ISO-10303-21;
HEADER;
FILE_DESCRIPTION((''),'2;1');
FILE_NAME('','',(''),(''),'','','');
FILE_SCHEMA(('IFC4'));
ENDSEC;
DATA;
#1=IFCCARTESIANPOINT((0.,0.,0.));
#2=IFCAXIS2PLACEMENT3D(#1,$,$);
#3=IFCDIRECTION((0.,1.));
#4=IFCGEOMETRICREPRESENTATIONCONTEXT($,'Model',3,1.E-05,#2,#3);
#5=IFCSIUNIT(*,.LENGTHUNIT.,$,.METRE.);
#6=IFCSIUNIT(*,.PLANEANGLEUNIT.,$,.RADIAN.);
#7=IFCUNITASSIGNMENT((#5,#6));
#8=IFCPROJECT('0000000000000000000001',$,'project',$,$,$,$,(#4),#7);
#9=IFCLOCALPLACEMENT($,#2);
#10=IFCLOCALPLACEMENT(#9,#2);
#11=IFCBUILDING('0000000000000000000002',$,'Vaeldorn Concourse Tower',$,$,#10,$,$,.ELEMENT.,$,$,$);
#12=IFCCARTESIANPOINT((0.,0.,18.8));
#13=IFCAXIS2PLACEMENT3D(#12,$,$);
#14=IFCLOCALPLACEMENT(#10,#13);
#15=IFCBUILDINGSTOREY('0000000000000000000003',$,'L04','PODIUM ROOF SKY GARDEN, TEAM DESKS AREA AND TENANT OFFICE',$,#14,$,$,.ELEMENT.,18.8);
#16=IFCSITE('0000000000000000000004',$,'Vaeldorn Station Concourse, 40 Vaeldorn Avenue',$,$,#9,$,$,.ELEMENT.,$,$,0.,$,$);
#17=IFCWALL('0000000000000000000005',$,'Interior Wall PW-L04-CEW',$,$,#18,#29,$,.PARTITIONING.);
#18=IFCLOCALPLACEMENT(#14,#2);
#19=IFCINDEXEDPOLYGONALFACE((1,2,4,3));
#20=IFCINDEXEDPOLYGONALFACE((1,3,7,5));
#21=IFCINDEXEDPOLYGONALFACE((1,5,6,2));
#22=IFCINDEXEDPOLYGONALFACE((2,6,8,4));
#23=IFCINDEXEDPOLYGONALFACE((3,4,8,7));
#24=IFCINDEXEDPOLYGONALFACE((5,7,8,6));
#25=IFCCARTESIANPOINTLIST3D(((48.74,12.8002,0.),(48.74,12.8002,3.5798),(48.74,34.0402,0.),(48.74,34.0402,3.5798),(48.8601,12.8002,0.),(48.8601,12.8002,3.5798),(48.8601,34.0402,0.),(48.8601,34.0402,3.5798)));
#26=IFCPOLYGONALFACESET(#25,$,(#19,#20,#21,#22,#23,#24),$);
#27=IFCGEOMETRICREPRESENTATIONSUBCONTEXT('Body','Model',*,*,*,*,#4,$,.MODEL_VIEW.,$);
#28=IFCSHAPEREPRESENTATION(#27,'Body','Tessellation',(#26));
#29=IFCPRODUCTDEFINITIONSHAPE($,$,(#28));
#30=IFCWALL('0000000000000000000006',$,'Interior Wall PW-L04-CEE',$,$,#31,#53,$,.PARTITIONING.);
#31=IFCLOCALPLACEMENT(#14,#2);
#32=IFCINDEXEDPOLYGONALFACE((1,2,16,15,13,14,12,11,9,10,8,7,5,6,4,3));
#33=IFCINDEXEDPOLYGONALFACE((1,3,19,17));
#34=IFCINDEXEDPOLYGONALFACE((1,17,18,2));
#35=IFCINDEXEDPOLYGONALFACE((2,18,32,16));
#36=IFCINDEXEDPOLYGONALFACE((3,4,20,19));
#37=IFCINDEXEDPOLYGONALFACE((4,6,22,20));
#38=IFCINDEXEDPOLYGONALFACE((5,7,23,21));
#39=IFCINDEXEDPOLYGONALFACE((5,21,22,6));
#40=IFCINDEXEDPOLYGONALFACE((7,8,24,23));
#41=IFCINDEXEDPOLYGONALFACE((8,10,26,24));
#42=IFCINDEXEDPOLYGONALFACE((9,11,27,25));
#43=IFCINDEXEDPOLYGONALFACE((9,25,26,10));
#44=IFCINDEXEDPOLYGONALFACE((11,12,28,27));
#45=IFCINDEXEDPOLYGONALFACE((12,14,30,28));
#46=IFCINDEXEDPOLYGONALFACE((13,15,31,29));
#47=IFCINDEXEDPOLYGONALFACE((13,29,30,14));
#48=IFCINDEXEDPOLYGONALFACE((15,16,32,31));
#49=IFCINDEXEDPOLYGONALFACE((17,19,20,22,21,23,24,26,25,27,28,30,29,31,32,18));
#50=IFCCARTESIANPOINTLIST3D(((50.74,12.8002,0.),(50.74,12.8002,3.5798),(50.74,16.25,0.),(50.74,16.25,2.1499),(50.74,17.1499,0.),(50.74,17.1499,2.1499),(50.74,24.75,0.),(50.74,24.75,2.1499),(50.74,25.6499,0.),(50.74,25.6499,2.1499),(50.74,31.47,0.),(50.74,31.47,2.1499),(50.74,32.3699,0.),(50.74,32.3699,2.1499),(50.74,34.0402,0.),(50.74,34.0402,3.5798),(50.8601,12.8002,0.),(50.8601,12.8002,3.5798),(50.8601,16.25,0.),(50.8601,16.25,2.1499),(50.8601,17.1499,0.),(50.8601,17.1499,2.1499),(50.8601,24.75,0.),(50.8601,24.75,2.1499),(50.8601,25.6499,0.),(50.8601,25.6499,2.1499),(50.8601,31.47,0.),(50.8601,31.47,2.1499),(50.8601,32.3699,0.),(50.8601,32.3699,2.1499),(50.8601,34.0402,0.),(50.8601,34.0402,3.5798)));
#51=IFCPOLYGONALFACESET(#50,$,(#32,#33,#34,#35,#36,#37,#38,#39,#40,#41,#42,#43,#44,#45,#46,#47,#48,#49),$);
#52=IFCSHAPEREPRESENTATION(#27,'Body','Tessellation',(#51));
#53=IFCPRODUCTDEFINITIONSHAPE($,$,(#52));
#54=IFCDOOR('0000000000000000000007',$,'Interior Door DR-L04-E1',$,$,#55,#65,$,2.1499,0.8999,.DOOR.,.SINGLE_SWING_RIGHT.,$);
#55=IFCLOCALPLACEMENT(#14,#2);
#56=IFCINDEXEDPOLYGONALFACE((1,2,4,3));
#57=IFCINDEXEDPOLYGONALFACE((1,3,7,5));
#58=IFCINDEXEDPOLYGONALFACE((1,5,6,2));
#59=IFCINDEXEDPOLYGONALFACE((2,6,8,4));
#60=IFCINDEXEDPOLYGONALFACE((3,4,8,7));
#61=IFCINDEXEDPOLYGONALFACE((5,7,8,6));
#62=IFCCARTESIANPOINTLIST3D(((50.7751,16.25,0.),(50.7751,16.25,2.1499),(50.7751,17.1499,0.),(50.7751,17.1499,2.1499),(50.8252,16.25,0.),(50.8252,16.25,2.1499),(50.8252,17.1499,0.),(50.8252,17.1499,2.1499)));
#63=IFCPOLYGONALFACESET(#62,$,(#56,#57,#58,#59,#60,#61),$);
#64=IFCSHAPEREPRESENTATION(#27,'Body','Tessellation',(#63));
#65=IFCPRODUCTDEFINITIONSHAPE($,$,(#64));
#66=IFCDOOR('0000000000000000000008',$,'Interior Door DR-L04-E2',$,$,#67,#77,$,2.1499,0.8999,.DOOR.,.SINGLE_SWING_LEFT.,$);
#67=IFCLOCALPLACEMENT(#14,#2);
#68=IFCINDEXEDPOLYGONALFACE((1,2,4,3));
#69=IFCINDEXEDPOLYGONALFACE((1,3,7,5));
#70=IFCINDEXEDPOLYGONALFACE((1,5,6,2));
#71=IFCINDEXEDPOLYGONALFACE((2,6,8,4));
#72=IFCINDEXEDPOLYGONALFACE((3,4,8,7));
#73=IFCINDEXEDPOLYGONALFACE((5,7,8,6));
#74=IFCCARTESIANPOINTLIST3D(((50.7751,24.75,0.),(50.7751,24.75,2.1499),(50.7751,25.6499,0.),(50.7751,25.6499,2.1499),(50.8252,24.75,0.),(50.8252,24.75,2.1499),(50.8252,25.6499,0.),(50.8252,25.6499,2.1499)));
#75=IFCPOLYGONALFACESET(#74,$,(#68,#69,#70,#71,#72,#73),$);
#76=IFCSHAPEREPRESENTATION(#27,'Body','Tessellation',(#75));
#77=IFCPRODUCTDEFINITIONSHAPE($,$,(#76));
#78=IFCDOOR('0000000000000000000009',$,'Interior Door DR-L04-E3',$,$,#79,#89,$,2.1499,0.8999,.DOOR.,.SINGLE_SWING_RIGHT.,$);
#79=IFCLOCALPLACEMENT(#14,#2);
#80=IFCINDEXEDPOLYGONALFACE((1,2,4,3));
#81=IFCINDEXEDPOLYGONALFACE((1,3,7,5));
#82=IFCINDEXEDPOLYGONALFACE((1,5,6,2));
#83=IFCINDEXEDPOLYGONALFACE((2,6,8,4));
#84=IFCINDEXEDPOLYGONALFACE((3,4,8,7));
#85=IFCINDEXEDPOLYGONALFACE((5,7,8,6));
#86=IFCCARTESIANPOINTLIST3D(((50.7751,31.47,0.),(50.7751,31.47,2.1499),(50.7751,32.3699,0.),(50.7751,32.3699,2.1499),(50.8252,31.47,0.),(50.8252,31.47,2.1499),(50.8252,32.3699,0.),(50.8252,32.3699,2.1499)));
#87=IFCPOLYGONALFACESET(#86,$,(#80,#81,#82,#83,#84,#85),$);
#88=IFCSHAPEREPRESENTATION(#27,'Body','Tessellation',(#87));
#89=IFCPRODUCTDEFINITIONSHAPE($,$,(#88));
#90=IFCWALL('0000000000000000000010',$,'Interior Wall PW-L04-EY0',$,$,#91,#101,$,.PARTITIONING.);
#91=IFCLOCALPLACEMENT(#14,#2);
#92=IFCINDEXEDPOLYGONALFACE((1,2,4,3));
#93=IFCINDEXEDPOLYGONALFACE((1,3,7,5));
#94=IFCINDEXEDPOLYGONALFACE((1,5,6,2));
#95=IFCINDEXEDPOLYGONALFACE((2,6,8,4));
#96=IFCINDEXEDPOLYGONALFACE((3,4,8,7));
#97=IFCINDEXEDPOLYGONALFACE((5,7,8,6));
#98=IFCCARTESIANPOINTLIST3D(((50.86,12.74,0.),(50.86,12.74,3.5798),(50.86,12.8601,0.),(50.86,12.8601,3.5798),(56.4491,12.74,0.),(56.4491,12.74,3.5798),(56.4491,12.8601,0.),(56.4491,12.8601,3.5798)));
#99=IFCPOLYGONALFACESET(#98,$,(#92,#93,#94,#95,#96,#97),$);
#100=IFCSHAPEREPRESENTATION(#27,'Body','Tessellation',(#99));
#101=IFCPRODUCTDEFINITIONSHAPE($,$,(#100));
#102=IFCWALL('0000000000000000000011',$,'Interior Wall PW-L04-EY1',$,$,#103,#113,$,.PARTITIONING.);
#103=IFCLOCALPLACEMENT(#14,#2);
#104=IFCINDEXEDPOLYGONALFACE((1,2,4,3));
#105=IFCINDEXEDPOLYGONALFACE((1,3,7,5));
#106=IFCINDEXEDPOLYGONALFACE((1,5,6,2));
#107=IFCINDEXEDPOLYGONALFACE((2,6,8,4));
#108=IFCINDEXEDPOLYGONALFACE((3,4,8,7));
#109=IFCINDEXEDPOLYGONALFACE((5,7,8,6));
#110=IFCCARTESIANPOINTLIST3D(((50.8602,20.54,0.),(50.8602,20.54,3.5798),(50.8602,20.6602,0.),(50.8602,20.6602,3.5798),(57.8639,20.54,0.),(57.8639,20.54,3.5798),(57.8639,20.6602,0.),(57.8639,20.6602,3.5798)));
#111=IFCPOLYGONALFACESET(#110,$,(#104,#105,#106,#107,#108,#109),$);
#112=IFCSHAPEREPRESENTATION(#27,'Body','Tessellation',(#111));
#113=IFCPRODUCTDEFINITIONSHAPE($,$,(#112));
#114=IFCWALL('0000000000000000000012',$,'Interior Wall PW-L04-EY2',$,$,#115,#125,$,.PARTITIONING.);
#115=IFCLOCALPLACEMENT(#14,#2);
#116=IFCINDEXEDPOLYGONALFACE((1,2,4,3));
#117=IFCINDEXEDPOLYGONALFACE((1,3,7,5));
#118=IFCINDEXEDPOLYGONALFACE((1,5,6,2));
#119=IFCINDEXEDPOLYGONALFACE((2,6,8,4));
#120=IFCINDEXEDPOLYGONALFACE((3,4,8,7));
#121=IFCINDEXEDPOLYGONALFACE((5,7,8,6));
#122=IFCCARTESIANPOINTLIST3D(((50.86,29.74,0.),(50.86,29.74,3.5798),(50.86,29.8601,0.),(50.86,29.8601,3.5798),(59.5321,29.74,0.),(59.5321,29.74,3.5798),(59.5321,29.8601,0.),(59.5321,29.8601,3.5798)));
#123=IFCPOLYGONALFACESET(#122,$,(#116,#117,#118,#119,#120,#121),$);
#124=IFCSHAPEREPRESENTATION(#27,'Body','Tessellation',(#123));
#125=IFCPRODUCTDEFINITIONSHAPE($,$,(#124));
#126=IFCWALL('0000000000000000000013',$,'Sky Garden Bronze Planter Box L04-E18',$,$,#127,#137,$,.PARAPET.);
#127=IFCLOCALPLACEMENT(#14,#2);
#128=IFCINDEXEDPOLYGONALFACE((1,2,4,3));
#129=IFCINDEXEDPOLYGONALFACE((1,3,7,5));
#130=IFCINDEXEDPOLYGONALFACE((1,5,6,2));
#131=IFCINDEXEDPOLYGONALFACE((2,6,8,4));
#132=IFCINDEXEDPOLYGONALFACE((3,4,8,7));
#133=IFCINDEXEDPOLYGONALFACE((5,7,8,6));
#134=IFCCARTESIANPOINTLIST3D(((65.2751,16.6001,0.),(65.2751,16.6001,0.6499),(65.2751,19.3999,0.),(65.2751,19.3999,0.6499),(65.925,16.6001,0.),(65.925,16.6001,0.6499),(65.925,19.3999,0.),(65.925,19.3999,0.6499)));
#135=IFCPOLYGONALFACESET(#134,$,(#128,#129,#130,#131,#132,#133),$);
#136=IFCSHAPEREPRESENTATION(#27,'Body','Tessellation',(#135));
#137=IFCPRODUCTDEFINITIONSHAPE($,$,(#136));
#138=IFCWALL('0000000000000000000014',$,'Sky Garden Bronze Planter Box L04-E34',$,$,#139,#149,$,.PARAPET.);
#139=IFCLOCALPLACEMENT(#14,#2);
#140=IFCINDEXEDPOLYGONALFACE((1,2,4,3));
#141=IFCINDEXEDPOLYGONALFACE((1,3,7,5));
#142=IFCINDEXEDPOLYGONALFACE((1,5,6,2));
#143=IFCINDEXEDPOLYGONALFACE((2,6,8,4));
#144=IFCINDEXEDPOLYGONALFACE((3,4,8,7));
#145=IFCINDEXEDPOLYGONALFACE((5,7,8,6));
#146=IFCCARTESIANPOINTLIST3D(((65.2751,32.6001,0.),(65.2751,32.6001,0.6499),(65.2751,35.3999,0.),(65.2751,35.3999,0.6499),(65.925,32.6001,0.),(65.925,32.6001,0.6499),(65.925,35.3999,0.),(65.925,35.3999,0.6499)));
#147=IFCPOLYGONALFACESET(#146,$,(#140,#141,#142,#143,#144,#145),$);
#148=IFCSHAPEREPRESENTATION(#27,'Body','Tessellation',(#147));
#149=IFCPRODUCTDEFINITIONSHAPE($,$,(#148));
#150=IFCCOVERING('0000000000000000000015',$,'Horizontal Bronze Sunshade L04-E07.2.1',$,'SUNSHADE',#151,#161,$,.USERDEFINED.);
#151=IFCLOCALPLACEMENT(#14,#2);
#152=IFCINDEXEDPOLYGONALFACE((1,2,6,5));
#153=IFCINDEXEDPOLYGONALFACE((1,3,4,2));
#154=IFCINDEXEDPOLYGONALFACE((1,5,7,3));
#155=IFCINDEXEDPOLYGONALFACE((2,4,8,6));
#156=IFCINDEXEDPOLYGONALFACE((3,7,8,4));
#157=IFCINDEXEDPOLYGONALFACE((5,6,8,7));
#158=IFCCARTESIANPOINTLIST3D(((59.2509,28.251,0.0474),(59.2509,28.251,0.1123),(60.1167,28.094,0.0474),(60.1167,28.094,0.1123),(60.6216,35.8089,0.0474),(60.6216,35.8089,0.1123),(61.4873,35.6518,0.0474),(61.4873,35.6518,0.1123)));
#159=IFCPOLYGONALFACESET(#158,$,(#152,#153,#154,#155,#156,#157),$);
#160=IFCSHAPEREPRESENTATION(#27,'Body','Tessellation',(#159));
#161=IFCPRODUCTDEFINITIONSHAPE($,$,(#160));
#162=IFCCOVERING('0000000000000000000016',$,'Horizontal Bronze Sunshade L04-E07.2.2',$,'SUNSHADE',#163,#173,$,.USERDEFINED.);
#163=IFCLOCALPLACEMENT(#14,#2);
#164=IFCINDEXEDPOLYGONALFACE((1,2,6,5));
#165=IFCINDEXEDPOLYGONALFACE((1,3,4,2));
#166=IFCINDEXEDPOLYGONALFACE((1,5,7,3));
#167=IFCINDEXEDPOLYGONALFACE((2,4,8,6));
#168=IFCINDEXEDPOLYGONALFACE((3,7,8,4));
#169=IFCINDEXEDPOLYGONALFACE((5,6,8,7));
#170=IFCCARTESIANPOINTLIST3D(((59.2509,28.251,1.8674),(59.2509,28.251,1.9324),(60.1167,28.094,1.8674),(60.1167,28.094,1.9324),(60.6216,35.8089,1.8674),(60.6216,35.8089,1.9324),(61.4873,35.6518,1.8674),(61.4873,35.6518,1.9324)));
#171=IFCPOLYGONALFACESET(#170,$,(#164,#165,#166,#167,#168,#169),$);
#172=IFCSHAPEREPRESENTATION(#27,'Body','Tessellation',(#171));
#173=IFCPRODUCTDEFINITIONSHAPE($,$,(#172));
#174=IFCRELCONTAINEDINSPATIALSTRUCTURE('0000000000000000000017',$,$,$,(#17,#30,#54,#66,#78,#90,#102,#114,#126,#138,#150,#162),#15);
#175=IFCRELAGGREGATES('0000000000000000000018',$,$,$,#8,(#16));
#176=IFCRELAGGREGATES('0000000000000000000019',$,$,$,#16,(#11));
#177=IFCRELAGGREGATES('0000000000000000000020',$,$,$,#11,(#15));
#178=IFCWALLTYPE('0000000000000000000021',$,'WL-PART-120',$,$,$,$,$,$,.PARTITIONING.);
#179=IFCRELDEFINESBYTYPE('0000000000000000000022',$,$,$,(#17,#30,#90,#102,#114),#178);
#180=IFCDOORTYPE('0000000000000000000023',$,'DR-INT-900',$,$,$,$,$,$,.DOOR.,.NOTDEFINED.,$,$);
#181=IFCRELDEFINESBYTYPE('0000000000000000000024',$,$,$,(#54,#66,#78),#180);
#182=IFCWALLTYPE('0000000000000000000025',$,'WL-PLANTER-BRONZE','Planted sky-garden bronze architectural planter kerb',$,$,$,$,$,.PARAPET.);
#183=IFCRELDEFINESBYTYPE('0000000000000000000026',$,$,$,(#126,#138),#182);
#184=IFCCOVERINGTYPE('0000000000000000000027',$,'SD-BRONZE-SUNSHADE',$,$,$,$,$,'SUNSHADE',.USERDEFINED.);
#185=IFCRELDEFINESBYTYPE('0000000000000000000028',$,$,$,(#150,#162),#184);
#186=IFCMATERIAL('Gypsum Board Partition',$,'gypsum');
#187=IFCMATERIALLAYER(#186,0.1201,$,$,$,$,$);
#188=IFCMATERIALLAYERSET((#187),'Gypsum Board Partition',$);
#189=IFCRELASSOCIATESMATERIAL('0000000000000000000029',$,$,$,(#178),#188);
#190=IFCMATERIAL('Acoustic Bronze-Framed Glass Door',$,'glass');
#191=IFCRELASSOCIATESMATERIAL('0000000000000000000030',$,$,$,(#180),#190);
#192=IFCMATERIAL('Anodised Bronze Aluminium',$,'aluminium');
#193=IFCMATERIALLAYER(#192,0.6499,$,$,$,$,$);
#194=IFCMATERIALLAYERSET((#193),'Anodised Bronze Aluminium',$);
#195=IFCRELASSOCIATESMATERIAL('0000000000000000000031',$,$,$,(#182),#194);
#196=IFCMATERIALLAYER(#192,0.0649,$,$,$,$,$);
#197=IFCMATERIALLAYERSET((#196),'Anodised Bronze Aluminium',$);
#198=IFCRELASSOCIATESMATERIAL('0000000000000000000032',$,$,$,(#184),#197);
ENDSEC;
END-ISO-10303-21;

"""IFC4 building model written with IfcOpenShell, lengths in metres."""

from ifc_helpers import new_model, si_unit, direction, frame, frame_2d, origin, origin_2d, place, context, subcontext, project, spatial, rectangle, extrude, source, transform, mapped, material, layer, layer_set, type_object, element, fill, save


model = new_model("IFC4")

# Units and contexts
model_context = context("Model", 3, precision=1e-05, world=origin(), true_north=direction((0.0, 1.0)))
body_context = subcontext(model_context, "Body", "Model", "MODEL_VIEW")
ifc_project = project(units=[si_unit("LENGTHUNIT", "METRE"), si_unit("PLANEANGLEUNIT", "RADIAN")], contexts=[model_context])

# Site, building, storey
site_placement = place(None, origin())
site = spatial("IfcSite", under=ifc_project, at=site_placement, Name="Vaeldorn Station Concourse, 40 Vaeldorn Avenue", CompositionType="ELEMENT", RefElevation=0.0)
building_placement = place(site_placement, origin())
building = spatial("IfcBuilding", under=site, at=building_placement, Name="Vaeldorn Concourse Tower", CompositionType="ELEMENT")
storey_placement = place(building_placement, frame((0.0, 0.0, 18.8)))
storey = spatial("IfcBuildingStorey", under=building, at=storey_placement, Name="L04", Description="PODIUM ROOF SKY GARDEN, TEAM DESKS AREA AND TENANT OFFICE", CompositionType="ELEMENT", Elevation=18.8)

# Shared definitions
ifc_material_1 = material(Name="Anodised Bronze Aluminium", Category="aluminium")

# Wall
ifc_material_2 = material(Name="Gypsum Board Partition", Category="gypsum")
ifc_layer_1 = layer(ifc_material_2, 0.1201)
ifc_layer_set_1 = layer_set([ifc_layer_1], Name="Gypsum Board Partition")
wall_type_1 = type_object("IfcWallType", Name="WL-PART-120", PredefinedType="PARTITIONING", material=ifc_layer_set_1)
wall_1_placement = place(storey_placement, frame((48.8, 12.8, 0.0), z_axis=(0.0, 0.0, 1.0), x_axis=(0.0, 1.0, 0.0)))
element("IfcWall", 1, at=wall_1_placement, inside=storey, type_object=wall_type_1, Name="Interior Wall PW-L04-CEW", PredefinedType="PARTITIONING", context=body_context, shape_type="SweptSolid", body=[
    extrude(rectangle(XDim=21.24, YDim=0.1201, at=frame_2d((10.6201, 0.0))), origin(), (0.0, 0.0, 1.0), 3.5798),
])

# Wall, openings, doors
wall_2_placement = place(storey_placement, frame((50.8, 12.8, 0.0), z_axis=(0.0, 0.0, 1.0), x_axis=(0.0, 1.0, 0.0)))
wall_2 = element("IfcWall", 2, at=wall_2_placement, inside=storey, type_object=wall_type_1, Name="Interior Wall PW-L04-CEE", PredefinedType="PARTITIONING", context=body_context, shape_type="SweptSolid", body=[
    extrude(rectangle(XDim=21.24, YDim=0.1201, at=frame_2d((10.6201, 0.0))), origin(), (0.0, 0.0, 1.0), 3.5798),
])
opening_1_placement = place(wall_2_placement, frame((3.45, 0.0, 0.0)))
opening_1 = element("IfcOpeningElement", 3, at=opening_1_placement, cuts=wall_2, PredefinedType="OPENING", context=body_context, shape_type="SweptSolid", body=[
    extrude(rectangle(XDim=0.8999, YDim=2.1499, at=frame_2d((0.45, 1.075))), frame((0.0, 0.0701, 0.0), z_axis=(0.0, -1.0, 0.0), x_axis=(1.0, 0.0, 0.0)), (0.0, 0.0, 1.0), 0.1401),
])
opening_2_placement = place(wall_2_placement, frame((11.95, 0.0, 0.0)))
opening_2 = element("IfcOpeningElement", 4, at=opening_2_placement, cuts=wall_2, PredefinedType="OPENING", context=body_context, shape_type="SweptSolid", body=[
    extrude(rectangle(XDim=0.8999, YDim=2.1499, at=frame_2d((0.45, 1.075))), frame((0.0, 0.0701, 0.0), z_axis=(0.0, -1.0, 0.0), x_axis=(1.0, 0.0, 0.0)), (0.0, 0.0, 1.0), 0.1401),
])
opening_3_placement = place(wall_2_placement, frame((18.6699, 0.0, 0.0)))
opening_3 = element("IfcOpeningElement", 5, at=opening_3_placement, cuts=wall_2, PredefinedType="OPENING", context=body_context, shape_type="SweptSolid", body=[
    extrude(rectangle(XDim=0.8999, YDim=2.1499, at=frame_2d((0.45, 1.075))), frame((0.0, 0.0701, 0.0), z_axis=(0.0, -1.0, 0.0), x_axis=(1.0, 0.0, 0.0)), (0.0, 0.0, 1.0), 0.1401),
])
ifc_material_3 = material(Name="Acoustic Bronze-Framed Glass Door", Category="glass")
door_type_1 = type_object("IfcDoorType", Name="DR-INT-900", OperationType="NOTDEFINED", PredefinedType="DOOR", material=ifc_material_3)
shared_shape_1 = source(origin(), body_context, "Body", "SweptSolid", [
    extrude(rectangle(XDim=0.8999, YDim=2.1499, at=frame_2d((0.45, 1.075))), frame((0.0, 0.0249, 0.0), z_axis=(0.0, -1.0, 0.0), x_axis=(1.0, 0.0, 0.0)), (0.0, 0.0, 1.0), 0.05),
])
door_1_placement = place(opening_1_placement, origin())
door_1 = element("IfcDoor", 6, at=door_1_placement, inside=storey, type_object=door_type_1, Name="Interior Door DR-L04-E1", OperationType="SINGLE_SWING_RIGHT", OverallHeight=2.1499, OverallWidth=0.8999, PredefinedType="DOOR", context=body_context, shape_type="MappedRepresentation", body=[
    mapped(shared_shape_1, transform((0.0, 0.0, 0.0), scale=1.0)),
])
fill(opening_1, door_1)
door_2_placement = place(opening_2_placement, origin())
door_2 = element("IfcDoor", 7, at=door_2_placement, inside=storey, type_object=door_type_1, Name="Interior Door DR-L04-E2", OperationType="SINGLE_SWING_LEFT", OverallHeight=2.1499, OverallWidth=0.8999, PredefinedType="DOOR", context=body_context, shape_type="MappedRepresentation", body=[
    mapped(shared_shape_1, transform((0.0, 0.0, 0.0), scale=1.0)),
])
fill(opening_2, door_2)
door_3_placement = place(opening_3_placement, origin())
door_3 = element("IfcDoor", 8, at=door_3_placement, inside=storey, type_object=door_type_1, Name="Interior Door DR-L04-E3", OperationType="SINGLE_SWING_RIGHT", OverallHeight=2.1499, OverallWidth=0.8999, PredefinedType="DOOR", context=body_context, shape_type="MappedRepresentation", body=[
    mapped(shared_shape_1, transform((0.0, 0.0, 0.0), scale=1.0)),
])
fill(opening_3, door_3)

# Walls
wall_3_placement = place(storey_placement, frame((50.8601, 12.8, 0.0), z_axis=(0.0, 0.0, 1.0), x_axis=(1.0, 0.0, 0.0)))
element("IfcWall", 9, at=wall_3_placement, inside=storey, type_object=wall_type_1, Name="Interior Wall PW-L04-EY0", PredefinedType="PARTITIONING", context=body_context, shape_type="SweptSolid", body=[
    extrude(rectangle(XDim=5.5891, YDim=0.1201, at=frame_2d((2.7944, 0.0))), origin(), (0.0, 0.0, 1.0), 3.5798),
])
wall_4_placement = place(storey_placement, frame((50.8601, 20.6001, 0.0), z_axis=(0.0, 0.0, 1.0), x_axis=(1.0, 0.0, 0.0)))
element("IfcWall", 10, at=wall_4_placement, inside=storey, type_object=wall_type_1, Name="Interior Wall PW-L04-EY1", PredefinedType="PARTITIONING", context=body_context, shape_type="SweptSolid", body=[
    extrude(rectangle(XDim=7.0037, YDim=0.1201, at=frame_2d((3.502, 0.0))), origin(), (0.0, 0.0, 1.0), 3.5798),
])
wall_5_placement = place(storey_placement, frame((50.8601, 29.8, 0.0), z_axis=(0.0, 0.0, 1.0), x_axis=(1.0, 0.0, 0.0)))
element("IfcWall", 11, at=wall_5_placement, inside=storey, type_object=wall_type_1, Name="Interior Wall PW-L04-EY2", PredefinedType="PARTITIONING", context=body_context, shape_type="SweptSolid", body=[
    extrude(rectangle(XDim=8.6721, YDim=0.1201, at=frame_2d((4.3359, 0.0))), origin(), (0.0, 0.0, 1.0), 3.5798),
])
ifc_layer_2 = layer(ifc_material_1, 0.6499)
ifc_layer_set_2 = layer_set([ifc_layer_2], Name="Anodised Bronze Aluminium")
wall_type_2 = type_object("IfcWallType", Name="WL-PLANTER-BRONZE", Description="Planted sky-garden bronze architectural planter kerb", PredefinedType="PARAPET", material=ifc_layer_set_2)
for number, where, z_axis, x_axis, name in (
    (12, (65.6001, 16.6001, 0.0), (0.0, 0.0, 1.0), (0.0, 1.0, 0.0), "Sky Garden Bronze Planter Box L04-E18"),
    (13, (65.6001, 32.6001, 0.0), (0.0, 0.0, 1.0), (0.0, 1.0, 0.0), "Sky Garden Bronze Planter Box L04-E34"),
):
    element("IfcWall", number, at=place(storey_placement, frame(where, z_axis=z_axis, x_axis=x_axis)), inside=storey, type_object=wall_type_2, Name=name, PredefinedType="PARAPET", context=body_context, shape_type="SweptSolid", body=[
        extrude(rectangle(XDim=2.7998, YDim=0.6499, at=frame_2d((1.3999, 0.0))), origin(), (0.0, 0.0, 1.0), 0.6499),
    ])

# Coverings
ifc_layer_3 = layer(ifc_material_1, 0.0649)
ifc_layer_set_3 = layer_set([ifc_layer_3], Name="Anodised Bronze Aluminium")
covering_type = type_object("IfcCoveringType", Name="SD-BRONZE-SUNSHADE", ElementType="SUNSHADE", PredefinedType="USERDEFINED", material=ifc_layer_set_3)
shared_shape_2 = source(origin(), body_context, "Body", "SweptSolid", [
    extrude(rectangle(XDim=7.6812, YDim=0.8799, at=origin_2d()), origin(), (0.0, 0.0, 1.0), 0.0649),
])
for number, where, z_axis, x_axis, name in (
    (14, (60.3691, 31.9514, 0.0474), (0.0, 0.0, 1.0), (0.178442, 0.983951, 0.0), "Horizontal Bronze Sunshade L04-E07.2.1"),
    (15, (60.3691, 31.9514, 1.8674), (0.0, 0.0, 1.0), (0.178442, 0.983951, 0.0), "Horizontal Bronze Sunshade L04-E07.2.2"),
):
    element("IfcCovering", number, at=place(storey_placement, frame(where, z_axis=z_axis, x_axis=x_axis)), inside=storey, type_object=covering_type, Name=name, ObjectType="SUNSHADE", PredefinedType="USERDEFINED", context=body_context, shape_type="MappedRepresentation", body=[
        mapped(shared_shape_2, transform((0.0, 0.0, 0.0), scale=1.0)),
    ])

save(model, "model.ifc")
